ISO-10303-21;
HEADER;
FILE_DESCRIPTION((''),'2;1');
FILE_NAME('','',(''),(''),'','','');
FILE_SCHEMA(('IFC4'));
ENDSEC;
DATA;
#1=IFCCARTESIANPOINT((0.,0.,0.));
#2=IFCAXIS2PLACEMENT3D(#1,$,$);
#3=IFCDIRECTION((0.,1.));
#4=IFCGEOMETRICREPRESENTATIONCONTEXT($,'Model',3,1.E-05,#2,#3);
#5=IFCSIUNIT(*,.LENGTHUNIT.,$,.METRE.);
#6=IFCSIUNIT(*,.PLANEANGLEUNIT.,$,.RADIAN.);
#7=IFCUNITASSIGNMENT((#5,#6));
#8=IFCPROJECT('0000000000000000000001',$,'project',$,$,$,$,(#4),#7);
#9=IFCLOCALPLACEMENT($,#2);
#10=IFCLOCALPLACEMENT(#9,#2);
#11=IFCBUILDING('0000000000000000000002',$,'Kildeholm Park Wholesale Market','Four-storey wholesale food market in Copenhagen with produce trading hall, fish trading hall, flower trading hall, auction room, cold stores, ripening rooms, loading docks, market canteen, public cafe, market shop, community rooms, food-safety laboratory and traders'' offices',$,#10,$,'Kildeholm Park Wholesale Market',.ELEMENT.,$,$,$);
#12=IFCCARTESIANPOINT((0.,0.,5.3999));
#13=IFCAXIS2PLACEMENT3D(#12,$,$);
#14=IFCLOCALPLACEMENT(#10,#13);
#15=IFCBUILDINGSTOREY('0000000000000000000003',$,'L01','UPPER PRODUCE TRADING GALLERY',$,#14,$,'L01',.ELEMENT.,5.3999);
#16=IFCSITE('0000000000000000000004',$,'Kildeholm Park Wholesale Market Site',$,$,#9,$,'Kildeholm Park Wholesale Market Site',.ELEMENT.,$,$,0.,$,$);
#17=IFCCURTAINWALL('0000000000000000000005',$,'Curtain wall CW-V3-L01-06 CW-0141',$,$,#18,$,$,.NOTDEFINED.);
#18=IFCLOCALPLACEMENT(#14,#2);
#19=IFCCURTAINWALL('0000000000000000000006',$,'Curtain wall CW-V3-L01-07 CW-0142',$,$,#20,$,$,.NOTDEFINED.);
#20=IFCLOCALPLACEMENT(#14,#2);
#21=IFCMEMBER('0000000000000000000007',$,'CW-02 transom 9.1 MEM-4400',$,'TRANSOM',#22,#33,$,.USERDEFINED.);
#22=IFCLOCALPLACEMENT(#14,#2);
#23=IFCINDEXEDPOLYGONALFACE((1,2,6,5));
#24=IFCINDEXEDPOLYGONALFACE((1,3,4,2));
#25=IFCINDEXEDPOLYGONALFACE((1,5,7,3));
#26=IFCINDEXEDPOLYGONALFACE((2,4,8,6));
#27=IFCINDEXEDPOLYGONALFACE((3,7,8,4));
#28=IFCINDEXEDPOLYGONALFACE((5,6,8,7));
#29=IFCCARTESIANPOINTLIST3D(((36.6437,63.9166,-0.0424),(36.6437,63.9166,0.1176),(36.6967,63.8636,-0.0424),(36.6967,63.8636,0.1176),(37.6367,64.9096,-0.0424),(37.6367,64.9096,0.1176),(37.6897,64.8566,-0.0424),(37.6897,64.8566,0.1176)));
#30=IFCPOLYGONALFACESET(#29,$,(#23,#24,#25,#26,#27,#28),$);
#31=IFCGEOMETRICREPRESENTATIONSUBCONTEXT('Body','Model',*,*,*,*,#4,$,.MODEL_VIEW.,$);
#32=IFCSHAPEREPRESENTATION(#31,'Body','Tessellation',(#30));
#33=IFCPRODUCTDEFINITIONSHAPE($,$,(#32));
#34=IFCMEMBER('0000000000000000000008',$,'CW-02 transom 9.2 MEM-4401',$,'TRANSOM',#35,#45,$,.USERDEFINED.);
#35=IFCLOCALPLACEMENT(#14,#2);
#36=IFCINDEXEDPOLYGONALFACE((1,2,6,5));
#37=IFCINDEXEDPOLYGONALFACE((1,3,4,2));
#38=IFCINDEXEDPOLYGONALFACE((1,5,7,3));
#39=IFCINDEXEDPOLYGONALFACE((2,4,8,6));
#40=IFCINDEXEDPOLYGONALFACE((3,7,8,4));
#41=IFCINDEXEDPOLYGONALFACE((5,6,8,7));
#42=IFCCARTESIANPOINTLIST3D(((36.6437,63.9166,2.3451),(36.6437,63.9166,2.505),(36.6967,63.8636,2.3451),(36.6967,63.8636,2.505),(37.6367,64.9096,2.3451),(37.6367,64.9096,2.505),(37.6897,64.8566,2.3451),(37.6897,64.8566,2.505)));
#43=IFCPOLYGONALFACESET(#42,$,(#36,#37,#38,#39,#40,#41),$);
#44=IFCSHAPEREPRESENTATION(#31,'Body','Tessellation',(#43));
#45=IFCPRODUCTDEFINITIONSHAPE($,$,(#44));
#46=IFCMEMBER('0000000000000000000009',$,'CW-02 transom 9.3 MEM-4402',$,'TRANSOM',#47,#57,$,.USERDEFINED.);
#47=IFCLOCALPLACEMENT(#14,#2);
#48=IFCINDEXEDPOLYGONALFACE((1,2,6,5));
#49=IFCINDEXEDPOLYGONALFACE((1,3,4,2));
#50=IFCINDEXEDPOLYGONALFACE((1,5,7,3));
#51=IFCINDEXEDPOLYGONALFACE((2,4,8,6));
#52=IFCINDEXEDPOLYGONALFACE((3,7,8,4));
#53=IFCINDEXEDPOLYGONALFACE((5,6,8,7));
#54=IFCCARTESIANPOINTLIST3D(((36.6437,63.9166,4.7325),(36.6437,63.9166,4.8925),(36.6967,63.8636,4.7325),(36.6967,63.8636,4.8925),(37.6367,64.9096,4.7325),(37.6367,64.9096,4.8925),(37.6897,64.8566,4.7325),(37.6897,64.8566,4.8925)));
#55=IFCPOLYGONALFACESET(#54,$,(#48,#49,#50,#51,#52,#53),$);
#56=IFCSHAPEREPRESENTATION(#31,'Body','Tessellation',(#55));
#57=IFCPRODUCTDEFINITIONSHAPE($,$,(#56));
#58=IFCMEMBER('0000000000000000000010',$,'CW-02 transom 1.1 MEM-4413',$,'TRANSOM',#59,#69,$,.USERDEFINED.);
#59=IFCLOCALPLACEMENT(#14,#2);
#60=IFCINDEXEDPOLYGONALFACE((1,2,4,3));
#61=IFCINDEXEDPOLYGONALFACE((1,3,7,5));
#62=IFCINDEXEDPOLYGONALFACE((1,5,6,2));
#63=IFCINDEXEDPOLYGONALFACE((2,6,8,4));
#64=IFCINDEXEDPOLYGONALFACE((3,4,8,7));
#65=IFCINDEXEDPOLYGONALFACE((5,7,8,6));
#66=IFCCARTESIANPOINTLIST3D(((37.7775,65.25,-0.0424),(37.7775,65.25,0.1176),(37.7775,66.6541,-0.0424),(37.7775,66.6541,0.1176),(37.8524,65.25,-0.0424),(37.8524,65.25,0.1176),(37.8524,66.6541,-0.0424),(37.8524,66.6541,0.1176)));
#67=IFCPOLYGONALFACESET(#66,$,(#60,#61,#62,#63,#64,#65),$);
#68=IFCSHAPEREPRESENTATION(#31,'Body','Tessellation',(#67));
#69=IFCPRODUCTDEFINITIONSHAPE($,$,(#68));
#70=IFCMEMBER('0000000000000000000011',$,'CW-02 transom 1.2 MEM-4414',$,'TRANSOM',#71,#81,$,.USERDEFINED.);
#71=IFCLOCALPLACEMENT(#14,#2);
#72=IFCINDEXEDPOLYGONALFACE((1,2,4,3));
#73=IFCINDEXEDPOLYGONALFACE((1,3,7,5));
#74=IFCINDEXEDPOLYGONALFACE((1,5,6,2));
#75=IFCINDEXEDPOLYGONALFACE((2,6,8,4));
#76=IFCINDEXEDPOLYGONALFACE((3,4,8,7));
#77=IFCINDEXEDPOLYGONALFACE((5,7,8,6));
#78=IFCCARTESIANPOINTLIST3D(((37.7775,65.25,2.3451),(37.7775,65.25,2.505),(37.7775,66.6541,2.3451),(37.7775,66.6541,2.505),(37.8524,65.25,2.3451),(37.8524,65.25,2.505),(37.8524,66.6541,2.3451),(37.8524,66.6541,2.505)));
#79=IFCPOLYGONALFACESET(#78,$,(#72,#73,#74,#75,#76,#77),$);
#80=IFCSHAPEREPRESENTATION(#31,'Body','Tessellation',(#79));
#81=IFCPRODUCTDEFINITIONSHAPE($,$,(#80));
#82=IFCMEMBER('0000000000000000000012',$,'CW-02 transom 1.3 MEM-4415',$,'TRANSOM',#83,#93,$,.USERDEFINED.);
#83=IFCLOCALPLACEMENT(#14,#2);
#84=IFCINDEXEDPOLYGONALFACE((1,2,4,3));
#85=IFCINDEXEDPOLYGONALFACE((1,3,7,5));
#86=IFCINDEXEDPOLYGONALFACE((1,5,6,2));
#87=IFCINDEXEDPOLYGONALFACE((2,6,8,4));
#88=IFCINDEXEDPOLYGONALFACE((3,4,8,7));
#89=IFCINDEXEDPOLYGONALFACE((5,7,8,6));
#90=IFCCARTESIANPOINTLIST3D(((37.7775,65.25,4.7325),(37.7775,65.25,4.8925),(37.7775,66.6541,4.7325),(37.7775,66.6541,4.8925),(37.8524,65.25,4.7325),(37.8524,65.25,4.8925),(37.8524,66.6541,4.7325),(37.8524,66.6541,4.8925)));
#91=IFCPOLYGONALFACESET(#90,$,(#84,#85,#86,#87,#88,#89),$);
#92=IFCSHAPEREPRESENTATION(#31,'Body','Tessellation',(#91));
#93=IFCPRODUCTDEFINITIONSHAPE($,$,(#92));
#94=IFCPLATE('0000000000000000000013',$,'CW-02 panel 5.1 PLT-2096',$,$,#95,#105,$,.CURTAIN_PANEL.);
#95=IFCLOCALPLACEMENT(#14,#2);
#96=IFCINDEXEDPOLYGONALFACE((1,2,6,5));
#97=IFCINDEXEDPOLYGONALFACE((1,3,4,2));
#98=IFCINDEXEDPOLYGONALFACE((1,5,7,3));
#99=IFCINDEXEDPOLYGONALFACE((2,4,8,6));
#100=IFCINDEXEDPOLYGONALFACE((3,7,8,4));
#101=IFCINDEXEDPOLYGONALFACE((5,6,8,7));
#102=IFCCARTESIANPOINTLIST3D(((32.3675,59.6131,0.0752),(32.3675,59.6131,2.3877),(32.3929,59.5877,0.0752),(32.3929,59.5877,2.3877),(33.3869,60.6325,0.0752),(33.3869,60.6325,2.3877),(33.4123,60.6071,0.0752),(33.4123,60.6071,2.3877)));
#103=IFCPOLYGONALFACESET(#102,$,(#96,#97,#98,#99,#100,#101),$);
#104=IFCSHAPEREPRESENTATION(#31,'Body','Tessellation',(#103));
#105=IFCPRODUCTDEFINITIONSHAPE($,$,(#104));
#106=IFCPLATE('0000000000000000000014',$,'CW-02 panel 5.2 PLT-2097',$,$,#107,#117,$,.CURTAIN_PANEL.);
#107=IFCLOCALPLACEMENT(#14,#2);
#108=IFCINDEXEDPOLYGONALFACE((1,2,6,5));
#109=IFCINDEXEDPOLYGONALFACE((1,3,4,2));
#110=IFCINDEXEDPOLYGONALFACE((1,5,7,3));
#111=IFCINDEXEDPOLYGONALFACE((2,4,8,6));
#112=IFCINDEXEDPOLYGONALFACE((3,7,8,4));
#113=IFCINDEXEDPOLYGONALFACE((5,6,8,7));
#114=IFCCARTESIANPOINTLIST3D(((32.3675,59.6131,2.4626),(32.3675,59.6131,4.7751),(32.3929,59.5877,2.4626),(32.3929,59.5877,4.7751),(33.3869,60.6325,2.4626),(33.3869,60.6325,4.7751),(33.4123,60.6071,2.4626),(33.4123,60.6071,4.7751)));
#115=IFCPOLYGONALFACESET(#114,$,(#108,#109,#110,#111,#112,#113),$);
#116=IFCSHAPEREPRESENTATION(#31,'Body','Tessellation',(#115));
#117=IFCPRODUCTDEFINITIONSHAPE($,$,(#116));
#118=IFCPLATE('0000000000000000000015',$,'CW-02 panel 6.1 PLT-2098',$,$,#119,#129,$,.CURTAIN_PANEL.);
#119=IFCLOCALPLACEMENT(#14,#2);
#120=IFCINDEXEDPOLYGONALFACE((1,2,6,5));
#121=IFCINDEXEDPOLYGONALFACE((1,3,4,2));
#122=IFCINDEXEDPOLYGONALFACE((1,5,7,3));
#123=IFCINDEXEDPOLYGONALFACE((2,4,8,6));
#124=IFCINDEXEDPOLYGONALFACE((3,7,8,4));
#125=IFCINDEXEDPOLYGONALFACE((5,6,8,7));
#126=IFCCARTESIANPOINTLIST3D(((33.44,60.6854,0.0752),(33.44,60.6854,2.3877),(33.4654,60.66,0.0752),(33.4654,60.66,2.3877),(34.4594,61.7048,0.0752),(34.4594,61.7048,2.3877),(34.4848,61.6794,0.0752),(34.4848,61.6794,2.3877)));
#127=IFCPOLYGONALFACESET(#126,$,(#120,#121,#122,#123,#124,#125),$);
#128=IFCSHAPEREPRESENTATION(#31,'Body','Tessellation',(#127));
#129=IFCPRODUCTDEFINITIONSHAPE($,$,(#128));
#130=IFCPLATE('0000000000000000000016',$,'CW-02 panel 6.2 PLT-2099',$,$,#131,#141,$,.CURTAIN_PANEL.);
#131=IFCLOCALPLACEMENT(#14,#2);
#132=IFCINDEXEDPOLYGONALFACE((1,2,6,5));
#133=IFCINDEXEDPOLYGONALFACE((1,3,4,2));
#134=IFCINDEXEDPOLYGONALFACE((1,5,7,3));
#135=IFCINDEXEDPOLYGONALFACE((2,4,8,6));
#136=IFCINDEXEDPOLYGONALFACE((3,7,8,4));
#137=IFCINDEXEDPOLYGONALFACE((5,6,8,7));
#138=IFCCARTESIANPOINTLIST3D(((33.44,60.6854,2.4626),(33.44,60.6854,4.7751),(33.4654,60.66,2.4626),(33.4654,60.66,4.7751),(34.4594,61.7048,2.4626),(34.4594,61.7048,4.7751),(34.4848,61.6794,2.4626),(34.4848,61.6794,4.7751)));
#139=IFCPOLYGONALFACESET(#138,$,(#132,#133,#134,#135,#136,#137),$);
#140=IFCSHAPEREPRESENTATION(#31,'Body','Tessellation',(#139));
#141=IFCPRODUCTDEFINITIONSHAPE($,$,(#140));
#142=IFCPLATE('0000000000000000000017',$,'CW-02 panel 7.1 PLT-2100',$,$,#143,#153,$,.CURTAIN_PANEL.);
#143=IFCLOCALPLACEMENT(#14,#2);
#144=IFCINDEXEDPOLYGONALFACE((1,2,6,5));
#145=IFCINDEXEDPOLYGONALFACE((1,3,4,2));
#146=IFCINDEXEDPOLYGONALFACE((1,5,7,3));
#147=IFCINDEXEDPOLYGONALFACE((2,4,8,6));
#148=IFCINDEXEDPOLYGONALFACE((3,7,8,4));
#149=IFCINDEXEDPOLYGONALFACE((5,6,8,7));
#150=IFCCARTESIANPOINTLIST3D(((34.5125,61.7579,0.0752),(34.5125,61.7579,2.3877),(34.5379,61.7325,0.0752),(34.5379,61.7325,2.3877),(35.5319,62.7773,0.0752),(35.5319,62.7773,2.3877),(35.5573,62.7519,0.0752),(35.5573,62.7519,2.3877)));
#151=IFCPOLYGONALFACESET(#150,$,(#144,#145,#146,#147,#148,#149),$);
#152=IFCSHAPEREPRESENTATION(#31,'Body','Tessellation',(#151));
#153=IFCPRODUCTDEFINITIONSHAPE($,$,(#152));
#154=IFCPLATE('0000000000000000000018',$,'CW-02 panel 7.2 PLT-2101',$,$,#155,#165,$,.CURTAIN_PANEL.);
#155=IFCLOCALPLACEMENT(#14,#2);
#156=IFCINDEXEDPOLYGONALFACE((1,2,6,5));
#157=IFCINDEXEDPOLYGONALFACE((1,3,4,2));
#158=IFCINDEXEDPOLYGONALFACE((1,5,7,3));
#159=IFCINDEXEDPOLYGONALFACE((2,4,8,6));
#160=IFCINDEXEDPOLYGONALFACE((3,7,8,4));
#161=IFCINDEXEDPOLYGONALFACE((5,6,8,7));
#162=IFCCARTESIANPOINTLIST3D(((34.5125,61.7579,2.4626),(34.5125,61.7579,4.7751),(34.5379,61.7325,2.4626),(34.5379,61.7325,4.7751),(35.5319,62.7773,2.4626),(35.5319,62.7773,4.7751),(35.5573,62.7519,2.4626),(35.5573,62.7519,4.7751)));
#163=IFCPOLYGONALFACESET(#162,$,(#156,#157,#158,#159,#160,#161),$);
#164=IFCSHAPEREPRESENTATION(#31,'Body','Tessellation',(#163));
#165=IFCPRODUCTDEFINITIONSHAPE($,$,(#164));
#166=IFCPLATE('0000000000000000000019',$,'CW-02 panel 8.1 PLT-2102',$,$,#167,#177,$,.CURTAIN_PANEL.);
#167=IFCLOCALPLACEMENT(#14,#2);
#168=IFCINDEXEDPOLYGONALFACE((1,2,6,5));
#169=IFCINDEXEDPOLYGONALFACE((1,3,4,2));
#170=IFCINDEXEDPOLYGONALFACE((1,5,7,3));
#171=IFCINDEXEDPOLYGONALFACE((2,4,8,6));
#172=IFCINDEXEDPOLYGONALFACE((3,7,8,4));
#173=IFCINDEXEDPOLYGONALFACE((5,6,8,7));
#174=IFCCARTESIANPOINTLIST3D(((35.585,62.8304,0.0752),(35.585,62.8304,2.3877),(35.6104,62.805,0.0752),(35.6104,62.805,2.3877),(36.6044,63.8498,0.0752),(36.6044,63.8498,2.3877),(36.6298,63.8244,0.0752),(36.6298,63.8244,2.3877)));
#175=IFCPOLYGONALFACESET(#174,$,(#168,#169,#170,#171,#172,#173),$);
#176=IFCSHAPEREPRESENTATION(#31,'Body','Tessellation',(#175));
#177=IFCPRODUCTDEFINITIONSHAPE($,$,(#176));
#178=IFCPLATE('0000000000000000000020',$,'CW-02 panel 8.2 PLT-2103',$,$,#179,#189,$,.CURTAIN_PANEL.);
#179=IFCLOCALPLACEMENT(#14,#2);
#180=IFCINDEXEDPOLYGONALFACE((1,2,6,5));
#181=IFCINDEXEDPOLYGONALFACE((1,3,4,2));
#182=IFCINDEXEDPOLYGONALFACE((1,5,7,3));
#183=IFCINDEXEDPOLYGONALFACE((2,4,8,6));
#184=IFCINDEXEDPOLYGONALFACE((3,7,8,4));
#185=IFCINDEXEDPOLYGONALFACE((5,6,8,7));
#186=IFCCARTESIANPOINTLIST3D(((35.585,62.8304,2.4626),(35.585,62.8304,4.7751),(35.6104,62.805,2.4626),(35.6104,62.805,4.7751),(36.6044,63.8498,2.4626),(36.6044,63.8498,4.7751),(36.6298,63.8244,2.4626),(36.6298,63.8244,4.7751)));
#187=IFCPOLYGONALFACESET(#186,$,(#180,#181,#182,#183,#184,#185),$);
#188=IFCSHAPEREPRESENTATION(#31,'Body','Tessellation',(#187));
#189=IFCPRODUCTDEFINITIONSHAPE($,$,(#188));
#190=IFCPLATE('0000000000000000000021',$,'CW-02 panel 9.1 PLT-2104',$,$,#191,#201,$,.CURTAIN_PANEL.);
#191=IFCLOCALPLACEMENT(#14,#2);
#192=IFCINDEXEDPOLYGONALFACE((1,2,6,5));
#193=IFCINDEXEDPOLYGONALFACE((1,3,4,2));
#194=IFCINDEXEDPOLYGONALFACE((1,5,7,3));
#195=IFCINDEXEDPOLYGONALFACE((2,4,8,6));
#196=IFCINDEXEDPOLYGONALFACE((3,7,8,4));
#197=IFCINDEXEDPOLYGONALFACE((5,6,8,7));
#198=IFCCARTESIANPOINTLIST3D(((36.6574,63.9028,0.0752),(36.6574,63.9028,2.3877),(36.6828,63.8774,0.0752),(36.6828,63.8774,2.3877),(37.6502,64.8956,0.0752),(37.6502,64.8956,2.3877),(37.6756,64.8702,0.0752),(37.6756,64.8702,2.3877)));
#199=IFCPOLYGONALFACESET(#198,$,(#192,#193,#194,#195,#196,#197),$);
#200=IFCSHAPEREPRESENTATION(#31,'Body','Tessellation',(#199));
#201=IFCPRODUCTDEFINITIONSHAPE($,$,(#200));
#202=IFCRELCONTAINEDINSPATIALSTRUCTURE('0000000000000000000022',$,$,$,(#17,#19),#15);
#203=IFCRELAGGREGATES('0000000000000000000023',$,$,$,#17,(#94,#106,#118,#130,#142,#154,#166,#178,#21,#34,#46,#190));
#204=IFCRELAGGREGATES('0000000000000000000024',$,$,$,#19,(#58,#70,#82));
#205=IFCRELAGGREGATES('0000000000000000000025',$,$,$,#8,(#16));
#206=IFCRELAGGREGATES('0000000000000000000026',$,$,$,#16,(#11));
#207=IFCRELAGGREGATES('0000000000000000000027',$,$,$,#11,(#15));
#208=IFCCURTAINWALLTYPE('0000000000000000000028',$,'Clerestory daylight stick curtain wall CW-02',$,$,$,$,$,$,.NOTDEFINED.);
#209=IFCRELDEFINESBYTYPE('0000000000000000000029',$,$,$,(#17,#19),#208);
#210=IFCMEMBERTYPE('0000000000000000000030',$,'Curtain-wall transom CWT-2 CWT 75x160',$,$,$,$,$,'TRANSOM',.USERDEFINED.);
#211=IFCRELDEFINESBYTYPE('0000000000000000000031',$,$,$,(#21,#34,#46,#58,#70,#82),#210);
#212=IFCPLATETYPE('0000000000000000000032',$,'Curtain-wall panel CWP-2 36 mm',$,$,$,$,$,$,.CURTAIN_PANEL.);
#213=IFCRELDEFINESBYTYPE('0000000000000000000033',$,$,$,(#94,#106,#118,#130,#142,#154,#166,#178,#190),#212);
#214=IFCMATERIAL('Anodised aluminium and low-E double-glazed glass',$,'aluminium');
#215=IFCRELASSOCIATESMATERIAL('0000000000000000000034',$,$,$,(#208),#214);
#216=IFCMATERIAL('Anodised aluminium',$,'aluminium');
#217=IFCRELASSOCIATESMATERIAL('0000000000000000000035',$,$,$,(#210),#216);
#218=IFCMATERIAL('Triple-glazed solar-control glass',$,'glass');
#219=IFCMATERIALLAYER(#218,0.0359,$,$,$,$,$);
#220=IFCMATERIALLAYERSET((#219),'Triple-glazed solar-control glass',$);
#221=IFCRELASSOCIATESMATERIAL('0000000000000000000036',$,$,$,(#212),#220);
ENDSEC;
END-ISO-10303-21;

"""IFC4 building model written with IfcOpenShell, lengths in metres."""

from ifc_helpers import new_model, si_unit, direction, frame, origin, origin_2d, place, context, subcontext, project, spatial, rectangle, extrude, material, layer, layer_set, material_profile, profile_set, type_object, element, aggregate, save


model = new_model("IFC4")

# Units and contexts
model_context = context("Model", 3, precision=1e-05, world=origin(), true_north=direction((0.0, 1.0)))
body_context = subcontext(model_context, "Body", "Model", "MODEL_VIEW")
ifc_project = project(units=[si_unit("LENGTHUNIT", "METRE"), si_unit("PLANEANGLEUNIT", "RADIAN")], contexts=[model_context])

# Site, building, storey
site_placement = place(None, origin())
site = spatial("IfcSite", under=ifc_project, at=site_placement, Name="Kildeholm Park Wholesale Market Site", LongName="Kildeholm Park Wholesale Market Site", CompositionType="ELEMENT", RefElevation=0.0)
building_placement = place(site_placement, origin())
building = spatial("IfcBuilding", under=site, at=building_placement, Name="Kildeholm Park Wholesale Market", Description="Four-storey wholesale food market in Copenhagen with produce trading hall, fish trading hall, flower trading hall, auction room, cold stores, ripening rooms, loading docks, market canteen, public cafe, market shop, community rooms, food-safety laboratory and traders' offices", LongName="Kildeholm Park Wholesale Market", CompositionType="ELEMENT")
storey_placement = place(building_placement, frame((0.0, 0.0, 5.3999)))
storey = spatial("IfcBuildingStorey", under=building, at=storey_placement, Name="L01", Description="UPPER PRODUCE TRADING GALLERY", LongName="L01", CompositionType="ELEMENT", Elevation=5.3999)

# Curtain wall
ifc_material_1 = material(Name="Anodised aluminium and low-E double-glazed glass", Category="aluminium")
curtain_wall_type = type_object("IfcCurtainWallType", Name="Clerestory daylight stick curtain wall CW-02", PredefinedType="NOTDEFINED", material=ifc_material_1)
curtain_wall_1_placement = place(storey_placement, origin())
curtain_wall_1 = element("IfcCurtainWall", 1, at=curtain_wall_1_placement, inside=storey, type_object=curtain_wall_type, Name="Curtain wall CW-V3-L01-06 CW-0141", PredefinedType="NOTDEFINED")
ifc_material_2 = material(Name="Anodised aluminium", Category="aluminium")

# Curtain wall
curtain_wall_2_placement = place(storey_placement, origin())
curtain_wall_2 = element("IfcCurtainWall", 2, at=curtain_wall_2_placement, inside=storey, type_object=curtain_wall_type, Name="Curtain wall CW-V3-L01-07 CW-0142", PredefinedType="NOTDEFINED")

# Members
ifc_material_profile_1 = material_profile(ifc_material_2, rectangle(XDim=0.075, YDim=0.1599, at=origin_2d()), Name="CWT 75x160")
ifc_profile_set_1 = profile_set([ifc_material_profile_1], Name="Anodised aluminium")
member_type_1 = type_object("IfcMemberType", Name="Curtain-wall transom CWT-2 CWT 75x160", ElementType="TRANSOM", PredefinedType="USERDEFINED", material=ifc_profile_set_1)
member_1_placement = place(storey_placement, frame((36.6702, 63.8901, 0.0376), z_axis=(0.707107, 0.707107, 0.0), x_axis=(-0.707107, 0.707107, 0.0)))
member_1 = element("IfcMember", 3, at=member_1_placement, type_object=member_type_1, Name="CW-02 transom 9.1 MEM-4400", ObjectType="TRANSOM", PredefinedType="USERDEFINED", context=body_context, shape_type="SweptSolid", body=[
    extrude(rectangle(XDim=0.075, YDim=0.1599, at=origin_2d()), origin(), (0.0, 0.0, 1.0), 1.4043),
])
member_2_placement = place(storey_placement, frame((36.6702, 63.8901, 2.425), z_axis=(0.707107, 0.707107, 0.0), x_axis=(-0.707107, 0.707107, 0.0)))
member_2 = element("IfcMember", 4, at=member_2_placement, type_object=member_type_1, Name="CW-02 transom 9.2 MEM-4401", ObjectType="TRANSOM", PredefinedType="USERDEFINED", context=body_context, shape_type="SweptSolid", body=[
    extrude(rectangle(XDim=0.075, YDim=0.1599, at=origin_2d()), origin(), (0.0, 0.0, 1.0), 1.4043),
])
member_3_placement = place(storey_placement, frame((36.6702, 63.8901, 4.8125), z_axis=(0.707107, 0.707107, 0.0), x_axis=(-0.707107, 0.707107, 0.0)))
member_3 = element("IfcMember", 5, at=member_3_placement, type_object=member_type_1, Name="CW-02 transom 9.3 MEM-4402", ObjectType="TRANSOM", PredefinedType="USERDEFINED", context=body_context, shape_type="SweptSolid", body=[
    extrude(rectangle(XDim=0.075, YDim=0.1599, at=origin_2d()), origin(), (0.0, 0.0, 1.0), 1.4043),
])
member_4_placement = place(storey_placement, frame((37.8149, 65.25, 0.0376), z_axis=(0.0, 1.0, 0.0), x_axis=(-1.0, 0.0, 0.0)))
member_4 = element("IfcMember", 6, at=member_4_placement, type_object=member_type_1, Name="CW-02 transom 1.1 MEM-4413", ObjectType="TRANSOM", PredefinedType="USERDEFINED", context=body_context, shape_type="SweptSolid", body=[
    extrude(rectangle(XDim=0.075, YDim=0.1599, at=origin_2d()), origin(), (0.0, 0.0, 1.0), 1.4041),
])
member_5_placement = place(storey_placement, frame((37.8149, 65.25, 2.425), z_axis=(0.0, 1.0, 0.0), x_axis=(-1.0, 0.0, 0.0)))
member_5 = element("IfcMember", 7, at=member_5_placement, type_object=member_type_1, Name="CW-02 transom 1.2 MEM-4414", ObjectType="TRANSOM", PredefinedType="USERDEFINED", context=body_context, shape_type="SweptSolid", body=[
    extrude(rectangle(XDim=0.075, YDim=0.1599, at=origin_2d()), origin(), (0.0, 0.0, 1.0), 1.4041),
])
member_6_placement = place(storey_placement, frame((37.8149, 65.25, 4.8125), z_axis=(0.0, 1.0, 0.0), x_axis=(-1.0, 0.0, 0.0)))
member_6 = element("IfcMember", 8, at=member_6_placement, type_object=member_type_1, Name="CW-02 transom 1.3 MEM-4415", ObjectType="TRANSOM", PredefinedType="USERDEFINED", context=body_context, shape_type="SweptSolid", body=[
    extrude(rectangle(XDim=0.075, YDim=0.1599, at=origin_2d()), origin(), (0.0, 0.0, 1.0), 1.4041),
])

# Plates
ifc_material_3 = material(Name="Triple-glazed solar-control glass", Category="glass")
ifc_layer = layer(ifc_material_3, 0.0359)
ifc_layer_set = layer_set([ifc_layer], Name="Triple-glazed solar-control glass")
plate_type = type_object("IfcPlateType", Name="Curtain-wall panel CWP-2 36 mm", PredefinedType="CURTAIN_PANEL", material=ifc_layer_set)
plate_1_placement = place(storey_placement, frame((32.8899, 60.1101, 0.0752), z_axis=(0.0, 0.0, 1.0), x_axis=(0.707107, 0.707107, 0.0)))
plate_1 = element("IfcPlate", 9, at=plate_1_placement, type_object=plate_type, Name="CW-02 panel 5.1 PLT-2096", PredefinedType="CURTAIN_PANEL", context=body_context, shape_type="SweptSolid", body=[
    extrude(rectangle(XDim=1.4417, YDim=0.0359, at=origin_2d()), origin(), (0.0, 0.0, 1.0), 2.3125),
])
plate_2_placement = place(storey_placement, frame((32.8899, 60.1101, 2.4626), z_axis=(0.0, 0.0, 1.0), x_axis=(0.707107, 0.707107, 0.0)))
plate_2 = element("IfcPlate", 10, at=plate_2_placement, type_object=plate_type, Name="CW-02 panel 5.2 PLT-2097", PredefinedType="CURTAIN_PANEL", context=body_context, shape_type="SweptSolid", body=[
    extrude(rectangle(XDim=1.4417, YDim=0.0359, at=origin_2d()), origin(), (0.0, 0.0, 1.0), 2.3125),
])
plate_3_placement = place(storey_placement, frame((33.9624, 61.1824, 0.0752), z_axis=(0.0, 0.0, 1.0), x_axis=(0.707107, 0.707107, 0.0)))
plate_3 = element("IfcPlate", 11, at=plate_3_placement, type_object=plate_type, Name="CW-02 panel 6.1 PLT-2098", PredefinedType="CURTAIN_PANEL", context=body_context, shape_type="SweptSolid", body=[
    extrude(rectangle(XDim=1.4417, YDim=0.0359, at=origin_2d()), origin(), (0.0, 0.0, 1.0), 2.3125),
])
plate_4_placement = place(storey_placement, frame((33.9624, 61.1824, 2.4626), z_axis=(0.0, 0.0, 1.0), x_axis=(0.707107, 0.707107, 0.0)))
plate_4 = element("IfcPlate", 12, at=plate_4_placement, type_object=plate_type, Name="CW-02 panel 6.2 PLT-2099", PredefinedType="CURTAIN_PANEL", context=body_context, shape_type="SweptSolid", body=[
    extrude(rectangle(XDim=1.4417, YDim=0.0359, at=origin_2d()), origin(), (0.0, 0.0, 1.0), 2.3125),
])
plate_5_placement = place(storey_placement, frame((35.0349, 62.2549, 0.0752), z_axis=(0.0, 0.0, 1.0), x_axis=(0.707107, 0.707107, 0.0)))
plate_5 = element("IfcPlate", 13, at=plate_5_placement, type_object=plate_type, Name="CW-02 panel 7.1 PLT-2100", PredefinedType="CURTAIN_PANEL", context=body_context, shape_type="SweptSolid", body=[
    extrude(rectangle(XDim=1.4417, YDim=0.0359, at=origin_2d()), origin(), (0.0, 0.0, 1.0), 2.3125),
])
plate_6_placement = place(storey_placement, frame((35.0349, 62.2549, 2.4626), z_axis=(0.0, 0.0, 1.0), x_axis=(0.707107, 0.707107, 0.0)))
plate_6 = element("IfcPlate", 14, at=plate_6_placement, type_object=plate_type, Name="CW-02 panel 7.2 PLT-2101", PredefinedType="CURTAIN_PANEL", context=body_context, shape_type="SweptSolid", body=[
    extrude(rectangle(XDim=1.4417, YDim=0.0359, at=origin_2d()), origin(), (0.0, 0.0, 1.0), 2.3125),
])
plate_7_placement = place(storey_placement, frame((36.1074, 63.3274, 0.0752), z_axis=(0.0, 0.0, 1.0), x_axis=(0.707107, 0.707107, 0.0)))
plate_7 = element("IfcPlate", 15, at=plate_7_placement, type_object=plate_type, Name="CW-02 panel 8.1 PLT-2102", PredefinedType="CURTAIN_PANEL", context=body_context, shape_type="SweptSolid", body=[
    extrude(rectangle(XDim=1.4417, YDim=0.0359, at=origin_2d()), origin(), (0.0, 0.0, 1.0), 2.3125),
])
plate_8_placement = place(storey_placement, frame((36.1074, 63.3274, 2.4626), z_axis=(0.0, 0.0, 1.0), x_axis=(0.707107, 0.707107, 0.0)))
plate_8 = element("IfcPlate", 16, at=plate_8_placement, type_object=plate_type, Name="CW-02 panel 8.2 PLT-2103", PredefinedType="CURTAIN_PANEL", context=body_context, shape_type="SweptSolid", body=[
    extrude(rectangle(XDim=1.4417, YDim=0.0359, at=origin_2d()), origin(), (0.0, 0.0, 1.0), 2.3125),
])
plate_9_placement = place(storey_placement, frame((37.1665, 64.3865, 0.0752), z_axis=(0.0, 0.0, 1.0), x_axis=(0.707107, 0.707107, 0.0)))
plate_9 = element("IfcPlate", 17, at=plate_9_placement, type_object=plate_type, Name="CW-02 panel 9.1 PLT-2104", PredefinedType="CURTAIN_PANEL", context=body_context, shape_type="SweptSolid", body=[
    extrude(rectangle(XDim=1.4041, YDim=0.0359, at=origin_2d()), origin(), (0.0, 0.0, 1.0), 2.3125),
])
aggregate(curtain_wall_1, [plate_1, plate_2, plate_3, plate_4, plate_5, plate_6, plate_7, plate_8, member_1, member_2, member_3, plate_9])
aggregate(curtain_wall_2, [member_4, member_5, member_6])

save(model, "model.ifc")
